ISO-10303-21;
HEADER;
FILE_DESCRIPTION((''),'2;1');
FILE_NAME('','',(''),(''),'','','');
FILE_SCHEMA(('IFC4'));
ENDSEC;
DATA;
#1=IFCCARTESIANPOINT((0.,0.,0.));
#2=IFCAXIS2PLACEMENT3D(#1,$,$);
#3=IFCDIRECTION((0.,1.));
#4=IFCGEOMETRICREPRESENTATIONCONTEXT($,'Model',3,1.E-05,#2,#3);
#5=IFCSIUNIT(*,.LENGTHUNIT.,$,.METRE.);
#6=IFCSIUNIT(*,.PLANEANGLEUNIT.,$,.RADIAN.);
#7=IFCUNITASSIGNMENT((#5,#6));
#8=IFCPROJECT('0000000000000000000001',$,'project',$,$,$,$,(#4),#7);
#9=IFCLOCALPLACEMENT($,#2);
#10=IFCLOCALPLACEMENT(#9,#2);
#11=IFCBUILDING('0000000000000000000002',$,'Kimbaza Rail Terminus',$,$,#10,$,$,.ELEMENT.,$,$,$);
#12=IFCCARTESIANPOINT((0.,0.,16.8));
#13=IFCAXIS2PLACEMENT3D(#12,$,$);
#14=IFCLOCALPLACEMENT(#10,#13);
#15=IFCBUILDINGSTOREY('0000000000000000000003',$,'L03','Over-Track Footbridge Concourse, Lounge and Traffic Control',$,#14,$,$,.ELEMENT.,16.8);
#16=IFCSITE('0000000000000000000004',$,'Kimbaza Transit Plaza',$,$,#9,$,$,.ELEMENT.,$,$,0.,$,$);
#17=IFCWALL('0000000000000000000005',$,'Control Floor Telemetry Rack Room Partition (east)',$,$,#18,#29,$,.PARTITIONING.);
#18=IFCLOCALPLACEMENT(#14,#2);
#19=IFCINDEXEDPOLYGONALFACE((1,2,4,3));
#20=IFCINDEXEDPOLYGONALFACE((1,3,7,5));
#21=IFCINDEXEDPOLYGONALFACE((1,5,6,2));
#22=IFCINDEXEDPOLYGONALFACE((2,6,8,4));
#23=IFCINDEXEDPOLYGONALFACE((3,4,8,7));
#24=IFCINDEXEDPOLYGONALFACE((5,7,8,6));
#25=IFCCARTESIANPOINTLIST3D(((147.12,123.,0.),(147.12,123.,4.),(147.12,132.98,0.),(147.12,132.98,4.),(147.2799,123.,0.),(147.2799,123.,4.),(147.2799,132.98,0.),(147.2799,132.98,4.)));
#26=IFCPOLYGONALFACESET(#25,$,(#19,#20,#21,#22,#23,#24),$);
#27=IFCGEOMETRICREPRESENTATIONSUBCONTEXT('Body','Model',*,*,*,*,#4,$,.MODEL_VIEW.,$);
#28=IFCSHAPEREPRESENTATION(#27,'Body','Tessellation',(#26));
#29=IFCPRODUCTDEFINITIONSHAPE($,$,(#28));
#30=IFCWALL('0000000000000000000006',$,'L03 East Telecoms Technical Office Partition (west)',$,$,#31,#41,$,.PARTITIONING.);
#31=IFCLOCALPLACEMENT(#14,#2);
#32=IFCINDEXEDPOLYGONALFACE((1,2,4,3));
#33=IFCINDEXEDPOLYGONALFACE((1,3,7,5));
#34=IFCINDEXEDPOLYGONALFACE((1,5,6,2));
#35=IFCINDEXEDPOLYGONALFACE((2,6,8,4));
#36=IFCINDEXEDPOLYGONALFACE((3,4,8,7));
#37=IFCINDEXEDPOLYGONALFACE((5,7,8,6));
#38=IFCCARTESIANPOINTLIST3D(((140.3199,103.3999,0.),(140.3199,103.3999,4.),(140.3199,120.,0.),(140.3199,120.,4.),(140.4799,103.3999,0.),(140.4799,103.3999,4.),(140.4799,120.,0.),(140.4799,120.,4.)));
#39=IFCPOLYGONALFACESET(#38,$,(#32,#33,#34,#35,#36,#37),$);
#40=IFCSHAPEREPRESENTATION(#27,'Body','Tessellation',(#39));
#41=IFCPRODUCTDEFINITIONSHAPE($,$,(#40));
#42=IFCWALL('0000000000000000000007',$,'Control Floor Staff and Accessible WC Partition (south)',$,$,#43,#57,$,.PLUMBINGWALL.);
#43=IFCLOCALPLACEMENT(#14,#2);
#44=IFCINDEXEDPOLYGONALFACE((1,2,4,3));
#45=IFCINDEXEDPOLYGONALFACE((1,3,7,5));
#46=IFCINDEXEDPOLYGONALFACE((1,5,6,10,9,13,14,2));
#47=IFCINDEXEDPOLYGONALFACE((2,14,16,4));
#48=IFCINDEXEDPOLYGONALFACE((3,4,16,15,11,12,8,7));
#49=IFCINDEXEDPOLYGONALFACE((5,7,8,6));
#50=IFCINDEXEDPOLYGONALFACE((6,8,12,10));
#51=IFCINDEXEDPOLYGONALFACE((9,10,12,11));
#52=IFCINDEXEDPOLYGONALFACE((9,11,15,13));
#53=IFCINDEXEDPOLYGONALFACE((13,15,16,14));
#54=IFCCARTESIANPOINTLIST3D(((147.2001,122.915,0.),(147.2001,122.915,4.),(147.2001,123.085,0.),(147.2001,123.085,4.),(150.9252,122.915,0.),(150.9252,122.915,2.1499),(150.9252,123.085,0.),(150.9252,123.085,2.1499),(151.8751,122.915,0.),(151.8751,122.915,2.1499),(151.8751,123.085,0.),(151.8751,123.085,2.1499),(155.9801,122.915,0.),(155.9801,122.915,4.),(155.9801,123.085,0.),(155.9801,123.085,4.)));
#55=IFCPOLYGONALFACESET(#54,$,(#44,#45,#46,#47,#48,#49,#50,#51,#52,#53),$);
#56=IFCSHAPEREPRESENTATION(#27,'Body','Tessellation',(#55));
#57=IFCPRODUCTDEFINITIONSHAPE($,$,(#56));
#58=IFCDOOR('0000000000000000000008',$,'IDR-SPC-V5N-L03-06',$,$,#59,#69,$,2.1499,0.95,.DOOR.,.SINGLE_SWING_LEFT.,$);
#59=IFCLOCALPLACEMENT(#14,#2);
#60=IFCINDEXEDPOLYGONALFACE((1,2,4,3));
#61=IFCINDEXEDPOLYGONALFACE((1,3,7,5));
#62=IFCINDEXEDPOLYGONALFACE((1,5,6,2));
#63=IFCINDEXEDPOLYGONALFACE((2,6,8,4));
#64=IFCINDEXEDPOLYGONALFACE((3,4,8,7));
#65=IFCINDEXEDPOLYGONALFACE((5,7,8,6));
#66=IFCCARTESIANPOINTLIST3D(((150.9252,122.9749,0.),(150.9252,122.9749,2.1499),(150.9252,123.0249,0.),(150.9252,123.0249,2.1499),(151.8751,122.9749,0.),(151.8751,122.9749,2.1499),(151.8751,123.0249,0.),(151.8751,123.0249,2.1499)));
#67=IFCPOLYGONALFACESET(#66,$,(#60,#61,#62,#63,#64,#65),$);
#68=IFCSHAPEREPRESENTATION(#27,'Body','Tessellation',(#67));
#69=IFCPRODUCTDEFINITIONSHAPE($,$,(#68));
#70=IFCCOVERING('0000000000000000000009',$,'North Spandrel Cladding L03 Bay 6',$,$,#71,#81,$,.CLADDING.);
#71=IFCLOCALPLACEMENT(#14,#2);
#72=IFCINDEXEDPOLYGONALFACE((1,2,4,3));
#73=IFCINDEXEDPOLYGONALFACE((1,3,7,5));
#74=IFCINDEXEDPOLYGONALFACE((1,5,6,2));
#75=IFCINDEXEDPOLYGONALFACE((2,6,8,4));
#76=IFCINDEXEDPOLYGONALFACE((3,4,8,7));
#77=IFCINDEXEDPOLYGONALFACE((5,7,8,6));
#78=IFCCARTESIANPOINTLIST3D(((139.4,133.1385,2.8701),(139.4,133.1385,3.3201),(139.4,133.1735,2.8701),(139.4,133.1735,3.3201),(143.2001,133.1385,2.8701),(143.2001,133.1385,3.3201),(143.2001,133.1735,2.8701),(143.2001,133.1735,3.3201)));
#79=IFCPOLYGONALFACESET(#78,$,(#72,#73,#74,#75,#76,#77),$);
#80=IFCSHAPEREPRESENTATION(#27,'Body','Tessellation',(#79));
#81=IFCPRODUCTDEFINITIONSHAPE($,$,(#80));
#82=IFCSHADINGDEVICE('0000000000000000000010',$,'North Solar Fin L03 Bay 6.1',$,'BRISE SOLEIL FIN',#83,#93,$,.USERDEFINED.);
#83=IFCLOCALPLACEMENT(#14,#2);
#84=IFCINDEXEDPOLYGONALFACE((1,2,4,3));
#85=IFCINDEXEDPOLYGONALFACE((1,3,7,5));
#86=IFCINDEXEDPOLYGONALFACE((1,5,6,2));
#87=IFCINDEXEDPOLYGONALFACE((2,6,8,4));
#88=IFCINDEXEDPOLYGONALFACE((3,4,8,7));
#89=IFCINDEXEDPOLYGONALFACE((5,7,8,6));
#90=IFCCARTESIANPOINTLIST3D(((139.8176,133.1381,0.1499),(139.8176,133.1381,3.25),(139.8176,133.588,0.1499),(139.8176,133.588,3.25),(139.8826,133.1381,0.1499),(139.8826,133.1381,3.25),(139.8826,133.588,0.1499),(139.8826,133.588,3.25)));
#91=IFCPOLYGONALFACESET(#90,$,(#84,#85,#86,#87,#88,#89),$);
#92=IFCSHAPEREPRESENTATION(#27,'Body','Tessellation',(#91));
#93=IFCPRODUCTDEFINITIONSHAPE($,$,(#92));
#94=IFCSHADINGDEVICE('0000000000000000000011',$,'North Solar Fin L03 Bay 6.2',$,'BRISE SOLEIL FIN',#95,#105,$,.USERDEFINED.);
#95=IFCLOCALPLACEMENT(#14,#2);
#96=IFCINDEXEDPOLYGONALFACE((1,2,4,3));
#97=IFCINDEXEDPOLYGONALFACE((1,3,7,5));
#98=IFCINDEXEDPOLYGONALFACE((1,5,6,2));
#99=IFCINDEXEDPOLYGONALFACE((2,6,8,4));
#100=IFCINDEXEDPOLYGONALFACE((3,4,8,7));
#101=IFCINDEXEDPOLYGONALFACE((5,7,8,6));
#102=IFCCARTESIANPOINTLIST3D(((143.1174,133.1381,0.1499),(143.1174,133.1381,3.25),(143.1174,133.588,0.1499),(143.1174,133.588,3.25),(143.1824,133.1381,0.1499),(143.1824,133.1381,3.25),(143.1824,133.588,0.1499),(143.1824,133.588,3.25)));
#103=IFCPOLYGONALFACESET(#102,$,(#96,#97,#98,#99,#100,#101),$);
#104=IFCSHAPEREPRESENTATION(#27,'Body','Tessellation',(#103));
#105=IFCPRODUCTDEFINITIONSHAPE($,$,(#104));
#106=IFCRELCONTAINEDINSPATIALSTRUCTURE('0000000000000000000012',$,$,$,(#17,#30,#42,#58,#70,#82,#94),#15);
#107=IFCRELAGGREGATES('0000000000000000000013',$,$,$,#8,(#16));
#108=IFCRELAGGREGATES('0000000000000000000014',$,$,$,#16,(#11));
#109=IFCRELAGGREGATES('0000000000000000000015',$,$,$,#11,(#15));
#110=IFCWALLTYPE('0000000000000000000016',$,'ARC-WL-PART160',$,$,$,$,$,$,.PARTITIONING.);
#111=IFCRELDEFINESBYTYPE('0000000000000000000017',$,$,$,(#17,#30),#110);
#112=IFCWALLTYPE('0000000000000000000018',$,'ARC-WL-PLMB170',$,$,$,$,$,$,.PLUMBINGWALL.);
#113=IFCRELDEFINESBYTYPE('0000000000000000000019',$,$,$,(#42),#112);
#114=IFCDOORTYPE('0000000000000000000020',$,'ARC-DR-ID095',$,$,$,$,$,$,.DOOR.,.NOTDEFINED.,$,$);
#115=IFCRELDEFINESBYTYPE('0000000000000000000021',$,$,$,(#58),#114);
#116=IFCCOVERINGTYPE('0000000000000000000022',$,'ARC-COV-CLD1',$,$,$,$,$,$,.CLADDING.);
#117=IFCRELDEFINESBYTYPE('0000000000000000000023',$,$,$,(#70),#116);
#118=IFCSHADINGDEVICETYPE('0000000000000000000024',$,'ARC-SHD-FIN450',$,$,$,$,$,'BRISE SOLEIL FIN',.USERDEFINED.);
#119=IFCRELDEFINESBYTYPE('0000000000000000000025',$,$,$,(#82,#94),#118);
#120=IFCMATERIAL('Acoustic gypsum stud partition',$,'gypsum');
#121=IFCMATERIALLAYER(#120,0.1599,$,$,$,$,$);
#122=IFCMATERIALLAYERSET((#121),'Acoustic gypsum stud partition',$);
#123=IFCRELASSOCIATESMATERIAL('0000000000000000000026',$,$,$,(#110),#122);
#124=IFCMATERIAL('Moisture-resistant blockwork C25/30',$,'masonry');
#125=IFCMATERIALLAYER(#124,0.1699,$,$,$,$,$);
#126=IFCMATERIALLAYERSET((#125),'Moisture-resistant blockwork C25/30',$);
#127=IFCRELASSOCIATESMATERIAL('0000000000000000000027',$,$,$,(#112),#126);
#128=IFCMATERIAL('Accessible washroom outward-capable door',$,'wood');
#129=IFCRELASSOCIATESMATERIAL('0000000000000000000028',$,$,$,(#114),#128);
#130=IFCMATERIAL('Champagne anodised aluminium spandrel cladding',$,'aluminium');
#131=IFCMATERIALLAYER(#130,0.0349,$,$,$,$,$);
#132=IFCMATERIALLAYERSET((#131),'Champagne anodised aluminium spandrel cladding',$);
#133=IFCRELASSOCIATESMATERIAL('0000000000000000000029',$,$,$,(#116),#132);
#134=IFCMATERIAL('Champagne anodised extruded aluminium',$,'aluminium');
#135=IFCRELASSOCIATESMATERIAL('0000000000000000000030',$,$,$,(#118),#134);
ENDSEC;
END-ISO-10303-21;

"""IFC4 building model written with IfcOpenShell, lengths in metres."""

from ifc_helpers import new_model, si_unit, direction, frame, frame_2d, origin, origin_2d, place, context, subcontext, project, spatial, rectangle, extrude, material, layer, layer_set, type_object, element, fill, save


model = new_model("IFC4")

# Units and contexts
model_context = context("Model", 3, precision=1e-05, world=origin(), true_north=direction((0.0, 1.0)))
body_context = subcontext(model_context, "Body", "Model", "MODEL_VIEW")
ifc_project = project(units=[si_unit("LENGTHUNIT", "METRE"), si_unit("PLANEANGLEUNIT", "RADIAN")], contexts=[model_context])

# Site, building, storey
site_placement = place(None, origin())
site = spatial("IfcSite", under=ifc_project, at=site_placement, Name="Kimbaza Transit Plaza", CompositionType="ELEMENT", RefElevation=0.0)
building_placement = place(site_placement, origin())
building = spatial("IfcBuilding", under=site, at=building_placement, Name="Kimbaza Rail Terminus", CompositionType="ELEMENT")
storey_placement = place(building_placement, frame((0.0, 0.0, 16.8)))
storey = spatial("IfcBuildingStorey", under=building, at=storey_placement, Name="L03", Description="Over-Track Footbridge Concourse, Lounge and Traffic Control", CompositionType="ELEMENT", Elevation=16.8)

# Walls
ifc_material_1 = material(Name="Acoustic gypsum stud partition", Category="gypsum")
ifc_layer_1 = layer(ifc_material_1, 0.1599)
ifc_layer_set_1 = layer_set([ifc_layer_1], Name="Acoustic gypsum stud partition")
wall_type_1 = type_object("IfcWallType", Name="ARC-WL-PART160", PredefinedType="PARTITIONING", material=ifc_layer_set_1)
wall_1_placement = place(storey_placement, frame((147.2, 123.0, 0.0), z_axis=(0.0, 0.0, 1.0), x_axis=(0.0, 1.0, 0.0)))
element("IfcWall", 1, at=wall_1_placement, inside=storey, type_object=wall_type_1, Name="Control Floor Telemetry Rack Room Partition (east)", PredefinedType="PARTITIONING", context=body_context, shape_type="SweptSolid", body=[
    extrude(rectangle(XDim=9.98, YDim=0.1599, at=frame_2d((4.99, 0.0))), origin(), (0.0, 0.0, 1.0), 4.0),
])
wall_2_placement = place(storey_placement, frame((140.3999, 120.0, 0.0), z_axis=(0.0, 0.0, 1.0), x_axis=(0.0, -1.0, 0.0)))
element("IfcWall", 2, at=wall_2_placement, inside=storey, type_object=wall_type_1, Name="L03 East Telecoms Technical Office Partition (west)", PredefinedType="PARTITIONING", context=body_context, shape_type="SweptSolid", body=[
    extrude(rectangle(XDim=16.6001, YDim=0.1599, at=frame_2d((8.3, 0.0))), origin(), (0.0, 0.0, 1.0), 4.0),
])

# Wall, opening, door
ifc_material_2 = material(Name="Moisture-resistant blockwork C25/30", Category="masonry")
ifc_layer_2 = layer(ifc_material_2, 0.1699)
ifc_layer_set_2 = layer_set([ifc_layer_2], Name="Moisture-resistant blockwork C25/30")
wall_type_2 = type_object("IfcWallType", Name="ARC-WL-PLMB170", PredefinedType="PLUMBINGWALL", material=ifc_layer_set_2)
wall_3_placement = place(storey_placement, frame((147.2, 123.0, 0.0), z_axis=(0.0, 0.0, 1.0), x_axis=(1.0, 0.0, 0.0)))
wall_3 = element("IfcWall", 3, at=wall_3_placement, inside=storey, type_object=wall_type_2, Name="Control Floor Staff and Accessible WC Partition (south)", PredefinedType="PLUMBINGWALL", context=body_context, shape_type="SweptSolid", body=[
    extrude(rectangle(XDim=8.78, YDim=0.1699, at=frame_2d((4.3901, 0.0))), origin(), (0.0, 0.0, 1.0), 4.0),
])
opening_1_placement = place(wall_3_placement, frame((3.7251, 0.0, 0.0)))
opening_1 = element("IfcOpeningElement", 4, at=opening_1_placement, cuts=wall_3, PredefinedType="OPENING", context=body_context, shape_type="SweptSolid", body=[
    extrude(rectangle(XDim=0.95, YDim=2.1499, at=frame_2d((0.4751, 1.075))), frame((0.0, 0.095, 0.0), z_axis=(0.0, -1.0, 0.0), x_axis=(1.0, 0.0, 0.0)), (0.0, 0.0, 1.0), 0.1899),
])
ifc_material_3 = material(Name="Accessible washroom outward-capable door", Category="wood")
door_type = type_object("IfcDoorType", Name="ARC-DR-ID095", OperationType="NOTDEFINED", PredefinedType="DOOR", material=ifc_material_3)
door_placement = place(opening_1_placement, origin())
door = element("IfcDoor", 5, at=door_placement, inside=storey, type_object=door_type, Name="IDR-SPC-V5N-L03-06", OperationType="SINGLE_SWING_LEFT", OverallHeight=2.1499, OverallWidth=0.95, PredefinedType="DOOR", context=body_context, shape_type="SweptSolid", body=[
    extrude(rectangle(XDim=0.95, YDim=2.1499, at=frame_2d((0.4751, 1.075))), frame((0.0, 0.0249, 0.0), z_axis=(0.0, -1.0, 0.0), x_axis=(1.0, 0.0, 0.0)), (0.0, 0.0, 1.0), 0.05),
])
fill(opening_1, door)

# Covering
ifc_material_4 = material(Name="Champagne anodised aluminium spandrel cladding", Category="aluminium")
ifc_layer_3 = layer(ifc_material_4, 0.0349)
ifc_layer_set_3 = layer_set([ifc_layer_3], Name="Champagne anodised aluminium spandrel cladding")
covering_type = type_object("IfcCoveringType", Name="ARC-COV-CLD1", PredefinedType="CLADDING", material=ifc_layer_set_3)
covering_placement = place(storey_placement, frame((141.3, 133.156, 2.8701), z_axis=(0.0, 0.0, 1.0), x_axis=(1.0, 0.0, 0.0)))
element("IfcCovering", 6, at=covering_placement, inside=storey, type_object=covering_type, Name="North Spandrel Cladding L03 Bay 6", PredefinedType="CLADDING", context=body_context, shape_type="SweptSolid", body=[
    extrude(rectangle(XDim=3.8, YDim=0.0349, at=origin_2d()), origin(), (0.0, 0.0, 1.0), 0.45),
])

# Shading devices
ifc_material_5 = material(Name="Champagne anodised extruded aluminium", Category="aluminium")
shading_device_type = type_object("IfcShadingDeviceType", Name="ARC-SHD-FIN450", ElementType="BRISE SOLEIL FIN", PredefinedType="USERDEFINED", material=ifc_material_5)
for number, where, z_axis, x_axis, name in (
    (7, (139.8501, 133.363, 0.1499), (0.0, 0.0, 1.0), (1.0, 0.0, 0.0), "North Solar Fin L03 Bay 6.1"),
    (8, (143.1499, 133.363, 0.1499), (0.0, 0.0, 1.0), (1.0, 0.0, 0.0), "North Solar Fin L03 Bay 6.2"),
):
    element("IfcShadingDevice", number, at=place(storey_placement, frame(where, z_axis=z_axis, x_axis=x_axis)), inside=storey, type_object=shading_device_type, Name=name, ObjectType="BRISE SOLEIL FIN", PredefinedType="USERDEFINED", context=body_context, shape_type="SweptSolid", body=[
        extrude(rectangle(XDim=0.0649, YDim=0.45, at=origin_2d()), origin(), (0.0, 0.0, 1.0), 3.1001),
    ])

save(model, "model.ifc")
